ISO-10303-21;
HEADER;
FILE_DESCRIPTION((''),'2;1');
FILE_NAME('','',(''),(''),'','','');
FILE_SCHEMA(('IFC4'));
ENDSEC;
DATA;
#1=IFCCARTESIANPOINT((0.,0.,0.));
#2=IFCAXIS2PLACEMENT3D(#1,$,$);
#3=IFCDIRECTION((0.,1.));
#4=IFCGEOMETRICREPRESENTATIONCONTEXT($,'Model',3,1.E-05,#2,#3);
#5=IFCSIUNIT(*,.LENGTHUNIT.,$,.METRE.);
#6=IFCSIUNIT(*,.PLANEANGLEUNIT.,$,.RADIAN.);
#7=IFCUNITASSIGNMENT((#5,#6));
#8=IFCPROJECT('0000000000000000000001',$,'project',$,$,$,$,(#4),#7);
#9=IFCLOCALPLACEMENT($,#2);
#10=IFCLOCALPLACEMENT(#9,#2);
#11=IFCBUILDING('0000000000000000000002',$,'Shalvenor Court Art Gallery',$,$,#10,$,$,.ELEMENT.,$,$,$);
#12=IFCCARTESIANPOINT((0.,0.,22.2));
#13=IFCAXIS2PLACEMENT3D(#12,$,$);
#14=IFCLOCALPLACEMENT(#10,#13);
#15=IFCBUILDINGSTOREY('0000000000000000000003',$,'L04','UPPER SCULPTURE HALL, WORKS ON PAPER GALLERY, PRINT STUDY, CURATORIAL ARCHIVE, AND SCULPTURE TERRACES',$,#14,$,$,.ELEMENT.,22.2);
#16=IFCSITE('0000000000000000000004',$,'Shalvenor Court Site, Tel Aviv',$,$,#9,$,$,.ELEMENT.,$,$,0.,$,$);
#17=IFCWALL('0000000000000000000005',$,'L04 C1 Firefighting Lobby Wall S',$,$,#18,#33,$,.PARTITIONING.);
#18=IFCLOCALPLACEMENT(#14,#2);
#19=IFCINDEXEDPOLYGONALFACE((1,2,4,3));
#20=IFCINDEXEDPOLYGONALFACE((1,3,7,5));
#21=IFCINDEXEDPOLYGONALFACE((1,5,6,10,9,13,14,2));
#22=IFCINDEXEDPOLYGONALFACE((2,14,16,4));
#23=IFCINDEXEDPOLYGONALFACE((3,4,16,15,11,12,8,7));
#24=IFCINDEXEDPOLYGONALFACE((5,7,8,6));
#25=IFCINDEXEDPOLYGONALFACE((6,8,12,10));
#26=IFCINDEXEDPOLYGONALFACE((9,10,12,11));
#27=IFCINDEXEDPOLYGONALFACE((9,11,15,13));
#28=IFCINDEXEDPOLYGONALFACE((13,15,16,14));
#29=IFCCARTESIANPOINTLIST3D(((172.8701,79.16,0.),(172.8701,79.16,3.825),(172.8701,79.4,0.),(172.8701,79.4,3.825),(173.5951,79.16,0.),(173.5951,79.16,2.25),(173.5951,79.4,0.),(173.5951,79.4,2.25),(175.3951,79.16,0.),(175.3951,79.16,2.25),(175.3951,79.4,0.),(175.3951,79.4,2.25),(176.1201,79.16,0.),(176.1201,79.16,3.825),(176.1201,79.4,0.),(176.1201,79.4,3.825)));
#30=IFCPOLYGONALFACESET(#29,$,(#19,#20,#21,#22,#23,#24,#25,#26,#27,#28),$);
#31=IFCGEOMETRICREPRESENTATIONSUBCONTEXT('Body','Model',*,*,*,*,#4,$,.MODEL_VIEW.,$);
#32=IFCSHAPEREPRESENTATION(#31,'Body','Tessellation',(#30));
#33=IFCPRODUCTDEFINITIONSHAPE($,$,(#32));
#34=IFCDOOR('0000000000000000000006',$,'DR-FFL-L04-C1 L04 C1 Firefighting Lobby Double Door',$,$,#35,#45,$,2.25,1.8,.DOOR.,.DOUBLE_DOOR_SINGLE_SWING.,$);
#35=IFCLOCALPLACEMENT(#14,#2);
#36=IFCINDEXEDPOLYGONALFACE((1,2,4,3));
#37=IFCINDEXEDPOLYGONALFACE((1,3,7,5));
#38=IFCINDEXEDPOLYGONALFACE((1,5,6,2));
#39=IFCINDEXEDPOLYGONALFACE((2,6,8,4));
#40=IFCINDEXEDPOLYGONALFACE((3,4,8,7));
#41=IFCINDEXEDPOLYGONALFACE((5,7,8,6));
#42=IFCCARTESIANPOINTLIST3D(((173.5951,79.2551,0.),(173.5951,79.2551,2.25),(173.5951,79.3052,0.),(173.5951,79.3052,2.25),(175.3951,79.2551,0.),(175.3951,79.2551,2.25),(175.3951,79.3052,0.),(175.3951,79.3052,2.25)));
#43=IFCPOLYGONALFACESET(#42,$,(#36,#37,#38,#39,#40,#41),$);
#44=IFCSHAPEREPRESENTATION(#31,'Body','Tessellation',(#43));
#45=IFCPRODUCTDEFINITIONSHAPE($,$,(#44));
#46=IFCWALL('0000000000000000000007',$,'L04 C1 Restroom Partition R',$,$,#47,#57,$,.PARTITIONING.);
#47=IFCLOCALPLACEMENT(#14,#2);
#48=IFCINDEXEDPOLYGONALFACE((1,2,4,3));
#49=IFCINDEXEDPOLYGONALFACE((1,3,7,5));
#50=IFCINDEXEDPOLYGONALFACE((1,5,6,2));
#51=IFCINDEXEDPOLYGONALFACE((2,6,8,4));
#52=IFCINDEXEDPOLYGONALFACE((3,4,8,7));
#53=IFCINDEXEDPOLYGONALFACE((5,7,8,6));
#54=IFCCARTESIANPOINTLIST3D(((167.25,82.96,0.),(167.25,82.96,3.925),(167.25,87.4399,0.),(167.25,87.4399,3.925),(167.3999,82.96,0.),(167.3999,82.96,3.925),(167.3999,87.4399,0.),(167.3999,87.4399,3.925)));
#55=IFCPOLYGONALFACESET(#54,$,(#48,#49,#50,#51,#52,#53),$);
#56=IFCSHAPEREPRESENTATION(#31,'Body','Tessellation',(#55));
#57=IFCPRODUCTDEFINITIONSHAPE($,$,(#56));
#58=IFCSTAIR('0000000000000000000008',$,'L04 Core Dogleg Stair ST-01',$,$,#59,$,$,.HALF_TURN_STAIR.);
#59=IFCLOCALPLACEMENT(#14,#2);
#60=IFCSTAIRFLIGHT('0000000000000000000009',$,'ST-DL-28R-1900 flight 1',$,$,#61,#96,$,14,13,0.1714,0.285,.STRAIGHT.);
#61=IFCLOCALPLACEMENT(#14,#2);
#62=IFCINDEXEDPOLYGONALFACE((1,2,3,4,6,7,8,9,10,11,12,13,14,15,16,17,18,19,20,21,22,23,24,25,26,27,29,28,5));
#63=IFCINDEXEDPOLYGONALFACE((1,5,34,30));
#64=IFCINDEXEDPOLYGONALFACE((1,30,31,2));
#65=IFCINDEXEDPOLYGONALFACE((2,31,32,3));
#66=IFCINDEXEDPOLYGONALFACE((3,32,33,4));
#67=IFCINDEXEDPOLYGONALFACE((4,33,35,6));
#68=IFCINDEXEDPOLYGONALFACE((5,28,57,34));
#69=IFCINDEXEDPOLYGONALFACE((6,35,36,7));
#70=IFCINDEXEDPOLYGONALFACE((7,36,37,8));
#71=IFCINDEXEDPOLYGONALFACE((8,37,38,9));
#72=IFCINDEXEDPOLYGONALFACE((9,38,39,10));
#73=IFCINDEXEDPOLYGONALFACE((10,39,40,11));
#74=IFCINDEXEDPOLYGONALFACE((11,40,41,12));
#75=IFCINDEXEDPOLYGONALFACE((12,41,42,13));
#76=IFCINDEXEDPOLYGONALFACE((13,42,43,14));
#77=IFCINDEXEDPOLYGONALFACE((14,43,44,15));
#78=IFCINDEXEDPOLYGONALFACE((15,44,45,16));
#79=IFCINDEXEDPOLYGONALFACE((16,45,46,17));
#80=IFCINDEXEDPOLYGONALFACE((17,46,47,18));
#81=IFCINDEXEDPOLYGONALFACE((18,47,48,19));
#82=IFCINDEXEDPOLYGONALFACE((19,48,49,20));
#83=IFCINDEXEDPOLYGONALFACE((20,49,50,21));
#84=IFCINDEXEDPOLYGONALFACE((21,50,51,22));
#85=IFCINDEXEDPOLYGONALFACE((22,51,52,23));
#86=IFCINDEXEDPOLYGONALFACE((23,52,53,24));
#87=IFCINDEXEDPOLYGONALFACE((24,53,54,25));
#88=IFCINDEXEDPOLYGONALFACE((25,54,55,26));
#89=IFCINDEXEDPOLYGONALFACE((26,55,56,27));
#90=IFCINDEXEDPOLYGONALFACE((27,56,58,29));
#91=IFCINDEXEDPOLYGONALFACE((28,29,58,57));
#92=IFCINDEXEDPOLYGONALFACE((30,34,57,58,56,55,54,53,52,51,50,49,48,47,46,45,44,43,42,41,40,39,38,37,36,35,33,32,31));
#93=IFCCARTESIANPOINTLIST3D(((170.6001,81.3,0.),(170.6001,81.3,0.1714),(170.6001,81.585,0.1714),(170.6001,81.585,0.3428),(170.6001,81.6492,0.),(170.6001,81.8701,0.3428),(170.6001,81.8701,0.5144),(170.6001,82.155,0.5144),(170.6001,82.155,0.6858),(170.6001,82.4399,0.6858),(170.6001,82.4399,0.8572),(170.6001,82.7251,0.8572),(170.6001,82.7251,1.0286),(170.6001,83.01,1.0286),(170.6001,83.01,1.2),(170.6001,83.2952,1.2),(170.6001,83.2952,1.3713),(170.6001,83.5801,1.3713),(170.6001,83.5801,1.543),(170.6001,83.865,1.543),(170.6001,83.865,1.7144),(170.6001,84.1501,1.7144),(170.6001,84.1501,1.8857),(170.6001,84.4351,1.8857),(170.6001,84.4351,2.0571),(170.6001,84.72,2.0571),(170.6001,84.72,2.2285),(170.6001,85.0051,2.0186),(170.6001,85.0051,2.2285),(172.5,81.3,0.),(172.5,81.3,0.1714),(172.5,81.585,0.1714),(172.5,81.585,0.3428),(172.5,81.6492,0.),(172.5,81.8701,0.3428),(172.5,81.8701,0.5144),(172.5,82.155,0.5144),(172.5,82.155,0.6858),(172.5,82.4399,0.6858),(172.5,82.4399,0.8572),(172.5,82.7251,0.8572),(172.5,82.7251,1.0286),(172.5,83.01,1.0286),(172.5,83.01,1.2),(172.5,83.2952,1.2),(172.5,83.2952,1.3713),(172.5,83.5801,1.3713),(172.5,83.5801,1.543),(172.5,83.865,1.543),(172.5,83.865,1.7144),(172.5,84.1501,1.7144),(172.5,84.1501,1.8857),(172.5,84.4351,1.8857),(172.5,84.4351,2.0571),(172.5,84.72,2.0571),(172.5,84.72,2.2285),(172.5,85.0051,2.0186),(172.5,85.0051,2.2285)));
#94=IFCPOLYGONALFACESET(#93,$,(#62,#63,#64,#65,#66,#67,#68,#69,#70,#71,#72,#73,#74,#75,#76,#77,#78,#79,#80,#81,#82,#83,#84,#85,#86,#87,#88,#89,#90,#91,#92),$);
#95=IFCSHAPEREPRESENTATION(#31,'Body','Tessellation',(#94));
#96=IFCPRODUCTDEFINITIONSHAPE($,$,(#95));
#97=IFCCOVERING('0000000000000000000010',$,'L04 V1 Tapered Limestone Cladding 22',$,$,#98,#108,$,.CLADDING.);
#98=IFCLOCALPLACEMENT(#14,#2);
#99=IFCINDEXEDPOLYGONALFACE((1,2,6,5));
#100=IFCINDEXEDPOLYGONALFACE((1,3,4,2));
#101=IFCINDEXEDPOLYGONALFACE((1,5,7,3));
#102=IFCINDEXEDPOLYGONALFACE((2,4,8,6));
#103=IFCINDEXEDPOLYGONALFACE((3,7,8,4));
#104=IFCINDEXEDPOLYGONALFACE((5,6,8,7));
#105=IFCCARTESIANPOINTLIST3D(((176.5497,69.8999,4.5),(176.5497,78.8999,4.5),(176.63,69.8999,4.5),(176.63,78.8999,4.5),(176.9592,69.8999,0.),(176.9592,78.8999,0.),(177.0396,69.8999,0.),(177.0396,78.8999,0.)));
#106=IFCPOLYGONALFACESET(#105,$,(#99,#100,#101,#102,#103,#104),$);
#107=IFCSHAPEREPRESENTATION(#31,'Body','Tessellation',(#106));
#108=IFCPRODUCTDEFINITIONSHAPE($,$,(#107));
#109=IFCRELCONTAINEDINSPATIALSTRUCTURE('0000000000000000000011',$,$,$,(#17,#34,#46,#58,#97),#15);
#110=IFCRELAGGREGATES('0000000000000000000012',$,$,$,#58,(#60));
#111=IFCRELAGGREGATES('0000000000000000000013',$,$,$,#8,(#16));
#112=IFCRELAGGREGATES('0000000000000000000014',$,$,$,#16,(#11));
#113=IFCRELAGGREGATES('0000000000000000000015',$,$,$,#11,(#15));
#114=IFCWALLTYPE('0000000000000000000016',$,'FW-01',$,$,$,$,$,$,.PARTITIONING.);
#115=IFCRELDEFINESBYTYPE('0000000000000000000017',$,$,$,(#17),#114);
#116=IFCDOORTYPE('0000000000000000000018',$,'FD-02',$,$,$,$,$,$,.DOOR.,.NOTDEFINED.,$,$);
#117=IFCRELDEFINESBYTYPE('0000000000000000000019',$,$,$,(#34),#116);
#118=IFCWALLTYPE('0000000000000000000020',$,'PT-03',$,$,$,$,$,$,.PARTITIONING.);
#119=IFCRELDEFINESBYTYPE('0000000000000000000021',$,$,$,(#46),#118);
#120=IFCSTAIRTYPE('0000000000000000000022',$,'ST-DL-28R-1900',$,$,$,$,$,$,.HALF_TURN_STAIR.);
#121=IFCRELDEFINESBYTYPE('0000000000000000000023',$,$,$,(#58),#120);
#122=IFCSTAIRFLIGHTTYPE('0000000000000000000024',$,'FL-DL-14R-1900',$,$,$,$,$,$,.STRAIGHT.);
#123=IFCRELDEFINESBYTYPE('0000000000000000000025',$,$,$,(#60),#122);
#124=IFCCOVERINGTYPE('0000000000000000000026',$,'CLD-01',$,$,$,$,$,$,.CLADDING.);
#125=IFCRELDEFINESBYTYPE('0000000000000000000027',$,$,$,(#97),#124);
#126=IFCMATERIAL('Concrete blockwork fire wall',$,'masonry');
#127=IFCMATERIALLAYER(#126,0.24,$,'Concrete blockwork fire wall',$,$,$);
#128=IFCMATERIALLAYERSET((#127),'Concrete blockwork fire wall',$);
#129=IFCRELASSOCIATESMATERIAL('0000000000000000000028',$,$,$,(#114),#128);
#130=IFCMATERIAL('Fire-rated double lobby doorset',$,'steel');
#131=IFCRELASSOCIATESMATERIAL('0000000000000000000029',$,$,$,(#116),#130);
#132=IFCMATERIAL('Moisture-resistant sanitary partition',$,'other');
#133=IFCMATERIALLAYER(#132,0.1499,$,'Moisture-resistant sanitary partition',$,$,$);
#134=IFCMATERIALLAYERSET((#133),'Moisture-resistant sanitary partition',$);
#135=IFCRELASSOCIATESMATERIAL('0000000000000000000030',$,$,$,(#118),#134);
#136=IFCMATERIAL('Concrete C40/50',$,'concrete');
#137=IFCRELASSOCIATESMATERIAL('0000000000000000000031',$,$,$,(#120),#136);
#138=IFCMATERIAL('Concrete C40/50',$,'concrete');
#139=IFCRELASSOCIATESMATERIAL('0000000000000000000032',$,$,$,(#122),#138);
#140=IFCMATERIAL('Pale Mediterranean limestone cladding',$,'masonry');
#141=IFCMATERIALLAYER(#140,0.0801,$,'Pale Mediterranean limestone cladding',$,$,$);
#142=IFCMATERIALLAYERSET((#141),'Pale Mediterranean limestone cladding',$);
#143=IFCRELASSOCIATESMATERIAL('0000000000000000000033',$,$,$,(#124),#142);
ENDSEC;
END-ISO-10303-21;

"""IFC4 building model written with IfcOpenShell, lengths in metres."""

from ifc_helpers import new_model, si_unit, direction, frame, frame_2d, origin, place, context, subcontext, project, spatial, polyline, rectangle, outline, extrude, material, layer, layer_set, type_object, element, fill, aggregate, save


model = new_model("IFC4")

# Units and contexts
model_context = context("Model", 3, precision=1e-05, world=origin(), true_north=direction((0.0, 1.0)))
body_context = subcontext(model_context, "Body", "Model", "MODEL_VIEW")
ifc_project = project(units=[si_unit("LENGTHUNIT", "METRE"), si_unit("PLANEANGLEUNIT", "RADIAN")], contexts=[model_context])

# Site, building, storey
site_placement = place(None, origin())
site = spatial("IfcSite", under=ifc_project, at=site_placement, Name="Shalvenor Court Site, Tel Aviv", CompositionType="ELEMENT", RefElevation=0.0)
building_placement = place(site_placement, origin())
building = spatial("IfcBuilding", under=site, at=building_placement, Name="Shalvenor Court Art Gallery", CompositionType="ELEMENT")
storey_placement = place(building_placement, frame((0.0, 0.0, 22.2)))
storey = spatial("IfcBuildingStorey", under=building, at=storey_placement, Name="L04", Description="UPPER SCULPTURE HALL, WORKS ON PAPER GALLERY, PRINT STUDY, CURATORIAL ARCHIVE, AND SCULPTURE TERRACES", CompositionType="ELEMENT", Elevation=22.2)

# Shared definitions
ifc_material_1 = material(Name="Concrete blockwork fire wall", Category="masonry")
ifc_layer_1 = layer(ifc_material_1, 0.24, Name="Concrete blockwork fire wall")
ifc_layer_set_1 = layer_set([ifc_layer_1], Name="Concrete blockwork fire wall")
wall_type_1 = type_object("IfcWallType", Name="FW-01", PredefinedType="PARTITIONING", material=ifc_layer_set_1)

# Wall, opening, door
wall_1_placement = place(storey_placement, frame((176.1201, 79.28, 0.0), z_axis=(0.0, 0.0, 1.0), x_axis=(-1.0, 0.0, 0.0)))
wall_1 = element("IfcWall", 1, at=wall_1_placement, inside=storey, type_object=wall_type_1, Name="L04 C1 Firefighting Lobby Wall S", PredefinedType="PARTITIONING", context=body_context, shape_type="SweptSolid", body=[
    extrude(rectangle(XDim=3.25, YDim=0.24, at=frame_2d((1.625, 0.0))), origin(), (0.0, 0.0, 1.0), 3.825),
])
opening_1_placement = place(wall_1_placement, frame((0.7251, 0.0, 0.0)))
opening_1 = element("IfcOpeningElement", 2, at=opening_1_placement, cuts=wall_1, PredefinedType="OPENING", context=body_context, shape_type="SweptSolid", body=[
    extrude(rectangle(XDim=1.8, YDim=2.25, at=frame_2d((0.8999, 1.125))), frame((0.0, 0.1299, 0.0), z_axis=(0.0, -1.0, 0.0), x_axis=(1.0, 0.0, 0.0)), (0.0, 0.0, 1.0), 0.26),
])
ifc_material_2 = material(Name="Fire-rated double lobby doorset", Category="steel")
door_type_1 = type_object("IfcDoorType", Name="FD-02", OperationType="NOTDEFINED", PredefinedType="DOOR", material=ifc_material_2)
door_1_placement = place(opening_1_placement, origin())
door_1 = element("IfcDoor", 3, at=door_1_placement, inside=storey, type_object=door_type_1, Name="DR-FFL-L04-C1 L04 C1 Firefighting Lobby Double Door", OperationType="DOUBLE_DOOR_SINGLE_SWING", OverallHeight=2.25, OverallWidth=1.8, PredefinedType="DOOR", context=body_context, shape_type="SweptSolid", body=[
    extrude(rectangle(XDim=1.8, YDim=2.25, at=frame_2d((0.8999, 1.125))), frame((0.0, 0.0249, 0.0), z_axis=(0.0, -1.0, 0.0), x_axis=(1.0, 0.0, 0.0)), (0.0, 0.0, 1.0), 0.05),
])
fill(opening_1, door_1)

# Wall
ifc_material_3 = material(Name="Moisture-resistant sanitary partition", Category="other")
ifc_layer_2 = layer(ifc_material_3, 0.1499, Name="Moisture-resistant sanitary partition")
ifc_layer_set_2 = layer_set([ifc_layer_2], Name="Moisture-resistant sanitary partition")
wall_type_2 = type_object("IfcWallType", Name="PT-03", PredefinedType="PARTITIONING", material=ifc_layer_set_2)
wall_2_placement = place(storey_placement, frame((167.325, 82.96, 0.0), z_axis=(0.0, 0.0, 1.0), x_axis=(0.0, 1.0, 0.0)))
element("IfcWall", 4, at=wall_2_placement, inside=storey, type_object=wall_type_2, Name="L04 C1 Restroom Partition R", PredefinedType="PARTITIONING", context=body_context, shape_type="SweptSolid", body=[
    extrude(rectangle(XDim=4.48, YDim=0.1499, at=frame_2d((2.24, 0.0))), origin(), (0.0, 0.0, 1.0), 3.925),
])

# Stair, stair flight
ifc_material_4 = material(Name="Concrete C40/50", Category="concrete")
stair_type = type_object("IfcStairType", Name="ST-DL-28R-1900", PredefinedType="HALF_TURN_STAIR", material=ifc_material_4)
stair_placement = place(storey_placement, origin())
stair = element("IfcStair", 5, at=stair_placement, inside=storey, type_object=stair_type, Name="L04 Core Dogleg Stair ST-01", PredefinedType="HALF_TURN_STAIR")
ifc_material_5 = material(Name="Concrete C40/50", Category="concrete")
stair_flight_type = type_object("IfcStairFlightType", Name="FL-DL-14R-1900", PredefinedType="STRAIGHT", material=ifc_material_5)
stair_flight_placement = place(storey_placement, frame((171.55, 81.3, 0.0), z_axis=(0.0, 0.0, 1.0), x_axis=(0.0, 1.0, 0.0)))
stair_flight = element("IfcStairFlight", 6, at=stair_flight_placement, type_object=stair_flight_type, Name="ST-DL-28R-1900 flight 1", NumberOfRisers=14, NumberOfTreads=13, PredefinedType="STRAIGHT", RiserHeight=0.1714, TreadLength=0.285, context=body_context, shape_type="SweptSolid", body=[
    extrude(outline(polyline([(0.0, 0.0), (0.0, 0.1714), (0.2849, 0.1714), (0.2849, 0.3428), (0.5701, 0.3428), (0.5701, 0.5144), (0.855, 0.5144), (0.855, 0.6858), (1.1399, 0.6858), (1.1399, 0.8572), (1.425, 0.8572), (1.425, 1.0286), (1.71, 1.0286), (1.71, 1.2), (1.9951, 1.2), (1.9951, 1.3713), (2.28, 1.3713), (2.28, 1.543), (2.5649, 1.543), (2.5649, 1.7144), (2.8501, 1.7144), (2.8501, 1.8857), (3.135, 1.8857), (3.135, 2.0571), (3.4199, 2.0571), (3.4199, 2.2285), (3.7051, 2.2285), (3.7051, 2.3999), (3.7051, 2.0186), (0.3491, 0.0), (0.0, 0.0)])), frame((0.0, 0.95, 0.0), z_axis=(0.0, -1.0, 0.0), x_axis=(1.0, 0.0, 0.0)), (0.0, 0.0, 1.0), 1.8999),
])
aggregate(stair, [stair_flight])

# Covering
ifc_material_6 = material(Name="Pale Mediterranean limestone cladding", Category="masonry")
ifc_layer_3 = layer(ifc_material_6, 0.0801, Name="Pale Mediterranean limestone cladding")
ifc_layer_set_3 = layer_set([ifc_layer_3], Name="Pale Mediterranean limestone cladding")
covering_type = type_object("IfcCoveringType", Name="CLD-01", PredefinedType="CLADDING", material=ifc_layer_set_3)
covering_placement = place(storey_placement, frame((177.0396, 69.8999, 0.0), z_axis=(0.0, 0.0, 1.0), x_axis=(0.0, 1.0, 0.0)))
element("IfcCovering", 7, at=covering_placement, inside=storey, type_object=covering_type, Name="L04 V1 Tapered Limestone Cladding 22", PredefinedType="CLADDING", context=body_context, shape_type="SweptSolid", body=[
    extrude(outline(polyline([(0.0, 0.0), (9.0, 0.0), (9.0, 4.5186), (0.0, 4.5186), (0.0, 0.0)])), frame((0.0, 0.0, 0.0), z_axis=(0.0, -0.995884, 0.090633), x_axis=(1.0, 0.0, 0.0)), (0.0, 0.090633, -0.995884), 0.0803),
])

save(model, "model.ifc")
